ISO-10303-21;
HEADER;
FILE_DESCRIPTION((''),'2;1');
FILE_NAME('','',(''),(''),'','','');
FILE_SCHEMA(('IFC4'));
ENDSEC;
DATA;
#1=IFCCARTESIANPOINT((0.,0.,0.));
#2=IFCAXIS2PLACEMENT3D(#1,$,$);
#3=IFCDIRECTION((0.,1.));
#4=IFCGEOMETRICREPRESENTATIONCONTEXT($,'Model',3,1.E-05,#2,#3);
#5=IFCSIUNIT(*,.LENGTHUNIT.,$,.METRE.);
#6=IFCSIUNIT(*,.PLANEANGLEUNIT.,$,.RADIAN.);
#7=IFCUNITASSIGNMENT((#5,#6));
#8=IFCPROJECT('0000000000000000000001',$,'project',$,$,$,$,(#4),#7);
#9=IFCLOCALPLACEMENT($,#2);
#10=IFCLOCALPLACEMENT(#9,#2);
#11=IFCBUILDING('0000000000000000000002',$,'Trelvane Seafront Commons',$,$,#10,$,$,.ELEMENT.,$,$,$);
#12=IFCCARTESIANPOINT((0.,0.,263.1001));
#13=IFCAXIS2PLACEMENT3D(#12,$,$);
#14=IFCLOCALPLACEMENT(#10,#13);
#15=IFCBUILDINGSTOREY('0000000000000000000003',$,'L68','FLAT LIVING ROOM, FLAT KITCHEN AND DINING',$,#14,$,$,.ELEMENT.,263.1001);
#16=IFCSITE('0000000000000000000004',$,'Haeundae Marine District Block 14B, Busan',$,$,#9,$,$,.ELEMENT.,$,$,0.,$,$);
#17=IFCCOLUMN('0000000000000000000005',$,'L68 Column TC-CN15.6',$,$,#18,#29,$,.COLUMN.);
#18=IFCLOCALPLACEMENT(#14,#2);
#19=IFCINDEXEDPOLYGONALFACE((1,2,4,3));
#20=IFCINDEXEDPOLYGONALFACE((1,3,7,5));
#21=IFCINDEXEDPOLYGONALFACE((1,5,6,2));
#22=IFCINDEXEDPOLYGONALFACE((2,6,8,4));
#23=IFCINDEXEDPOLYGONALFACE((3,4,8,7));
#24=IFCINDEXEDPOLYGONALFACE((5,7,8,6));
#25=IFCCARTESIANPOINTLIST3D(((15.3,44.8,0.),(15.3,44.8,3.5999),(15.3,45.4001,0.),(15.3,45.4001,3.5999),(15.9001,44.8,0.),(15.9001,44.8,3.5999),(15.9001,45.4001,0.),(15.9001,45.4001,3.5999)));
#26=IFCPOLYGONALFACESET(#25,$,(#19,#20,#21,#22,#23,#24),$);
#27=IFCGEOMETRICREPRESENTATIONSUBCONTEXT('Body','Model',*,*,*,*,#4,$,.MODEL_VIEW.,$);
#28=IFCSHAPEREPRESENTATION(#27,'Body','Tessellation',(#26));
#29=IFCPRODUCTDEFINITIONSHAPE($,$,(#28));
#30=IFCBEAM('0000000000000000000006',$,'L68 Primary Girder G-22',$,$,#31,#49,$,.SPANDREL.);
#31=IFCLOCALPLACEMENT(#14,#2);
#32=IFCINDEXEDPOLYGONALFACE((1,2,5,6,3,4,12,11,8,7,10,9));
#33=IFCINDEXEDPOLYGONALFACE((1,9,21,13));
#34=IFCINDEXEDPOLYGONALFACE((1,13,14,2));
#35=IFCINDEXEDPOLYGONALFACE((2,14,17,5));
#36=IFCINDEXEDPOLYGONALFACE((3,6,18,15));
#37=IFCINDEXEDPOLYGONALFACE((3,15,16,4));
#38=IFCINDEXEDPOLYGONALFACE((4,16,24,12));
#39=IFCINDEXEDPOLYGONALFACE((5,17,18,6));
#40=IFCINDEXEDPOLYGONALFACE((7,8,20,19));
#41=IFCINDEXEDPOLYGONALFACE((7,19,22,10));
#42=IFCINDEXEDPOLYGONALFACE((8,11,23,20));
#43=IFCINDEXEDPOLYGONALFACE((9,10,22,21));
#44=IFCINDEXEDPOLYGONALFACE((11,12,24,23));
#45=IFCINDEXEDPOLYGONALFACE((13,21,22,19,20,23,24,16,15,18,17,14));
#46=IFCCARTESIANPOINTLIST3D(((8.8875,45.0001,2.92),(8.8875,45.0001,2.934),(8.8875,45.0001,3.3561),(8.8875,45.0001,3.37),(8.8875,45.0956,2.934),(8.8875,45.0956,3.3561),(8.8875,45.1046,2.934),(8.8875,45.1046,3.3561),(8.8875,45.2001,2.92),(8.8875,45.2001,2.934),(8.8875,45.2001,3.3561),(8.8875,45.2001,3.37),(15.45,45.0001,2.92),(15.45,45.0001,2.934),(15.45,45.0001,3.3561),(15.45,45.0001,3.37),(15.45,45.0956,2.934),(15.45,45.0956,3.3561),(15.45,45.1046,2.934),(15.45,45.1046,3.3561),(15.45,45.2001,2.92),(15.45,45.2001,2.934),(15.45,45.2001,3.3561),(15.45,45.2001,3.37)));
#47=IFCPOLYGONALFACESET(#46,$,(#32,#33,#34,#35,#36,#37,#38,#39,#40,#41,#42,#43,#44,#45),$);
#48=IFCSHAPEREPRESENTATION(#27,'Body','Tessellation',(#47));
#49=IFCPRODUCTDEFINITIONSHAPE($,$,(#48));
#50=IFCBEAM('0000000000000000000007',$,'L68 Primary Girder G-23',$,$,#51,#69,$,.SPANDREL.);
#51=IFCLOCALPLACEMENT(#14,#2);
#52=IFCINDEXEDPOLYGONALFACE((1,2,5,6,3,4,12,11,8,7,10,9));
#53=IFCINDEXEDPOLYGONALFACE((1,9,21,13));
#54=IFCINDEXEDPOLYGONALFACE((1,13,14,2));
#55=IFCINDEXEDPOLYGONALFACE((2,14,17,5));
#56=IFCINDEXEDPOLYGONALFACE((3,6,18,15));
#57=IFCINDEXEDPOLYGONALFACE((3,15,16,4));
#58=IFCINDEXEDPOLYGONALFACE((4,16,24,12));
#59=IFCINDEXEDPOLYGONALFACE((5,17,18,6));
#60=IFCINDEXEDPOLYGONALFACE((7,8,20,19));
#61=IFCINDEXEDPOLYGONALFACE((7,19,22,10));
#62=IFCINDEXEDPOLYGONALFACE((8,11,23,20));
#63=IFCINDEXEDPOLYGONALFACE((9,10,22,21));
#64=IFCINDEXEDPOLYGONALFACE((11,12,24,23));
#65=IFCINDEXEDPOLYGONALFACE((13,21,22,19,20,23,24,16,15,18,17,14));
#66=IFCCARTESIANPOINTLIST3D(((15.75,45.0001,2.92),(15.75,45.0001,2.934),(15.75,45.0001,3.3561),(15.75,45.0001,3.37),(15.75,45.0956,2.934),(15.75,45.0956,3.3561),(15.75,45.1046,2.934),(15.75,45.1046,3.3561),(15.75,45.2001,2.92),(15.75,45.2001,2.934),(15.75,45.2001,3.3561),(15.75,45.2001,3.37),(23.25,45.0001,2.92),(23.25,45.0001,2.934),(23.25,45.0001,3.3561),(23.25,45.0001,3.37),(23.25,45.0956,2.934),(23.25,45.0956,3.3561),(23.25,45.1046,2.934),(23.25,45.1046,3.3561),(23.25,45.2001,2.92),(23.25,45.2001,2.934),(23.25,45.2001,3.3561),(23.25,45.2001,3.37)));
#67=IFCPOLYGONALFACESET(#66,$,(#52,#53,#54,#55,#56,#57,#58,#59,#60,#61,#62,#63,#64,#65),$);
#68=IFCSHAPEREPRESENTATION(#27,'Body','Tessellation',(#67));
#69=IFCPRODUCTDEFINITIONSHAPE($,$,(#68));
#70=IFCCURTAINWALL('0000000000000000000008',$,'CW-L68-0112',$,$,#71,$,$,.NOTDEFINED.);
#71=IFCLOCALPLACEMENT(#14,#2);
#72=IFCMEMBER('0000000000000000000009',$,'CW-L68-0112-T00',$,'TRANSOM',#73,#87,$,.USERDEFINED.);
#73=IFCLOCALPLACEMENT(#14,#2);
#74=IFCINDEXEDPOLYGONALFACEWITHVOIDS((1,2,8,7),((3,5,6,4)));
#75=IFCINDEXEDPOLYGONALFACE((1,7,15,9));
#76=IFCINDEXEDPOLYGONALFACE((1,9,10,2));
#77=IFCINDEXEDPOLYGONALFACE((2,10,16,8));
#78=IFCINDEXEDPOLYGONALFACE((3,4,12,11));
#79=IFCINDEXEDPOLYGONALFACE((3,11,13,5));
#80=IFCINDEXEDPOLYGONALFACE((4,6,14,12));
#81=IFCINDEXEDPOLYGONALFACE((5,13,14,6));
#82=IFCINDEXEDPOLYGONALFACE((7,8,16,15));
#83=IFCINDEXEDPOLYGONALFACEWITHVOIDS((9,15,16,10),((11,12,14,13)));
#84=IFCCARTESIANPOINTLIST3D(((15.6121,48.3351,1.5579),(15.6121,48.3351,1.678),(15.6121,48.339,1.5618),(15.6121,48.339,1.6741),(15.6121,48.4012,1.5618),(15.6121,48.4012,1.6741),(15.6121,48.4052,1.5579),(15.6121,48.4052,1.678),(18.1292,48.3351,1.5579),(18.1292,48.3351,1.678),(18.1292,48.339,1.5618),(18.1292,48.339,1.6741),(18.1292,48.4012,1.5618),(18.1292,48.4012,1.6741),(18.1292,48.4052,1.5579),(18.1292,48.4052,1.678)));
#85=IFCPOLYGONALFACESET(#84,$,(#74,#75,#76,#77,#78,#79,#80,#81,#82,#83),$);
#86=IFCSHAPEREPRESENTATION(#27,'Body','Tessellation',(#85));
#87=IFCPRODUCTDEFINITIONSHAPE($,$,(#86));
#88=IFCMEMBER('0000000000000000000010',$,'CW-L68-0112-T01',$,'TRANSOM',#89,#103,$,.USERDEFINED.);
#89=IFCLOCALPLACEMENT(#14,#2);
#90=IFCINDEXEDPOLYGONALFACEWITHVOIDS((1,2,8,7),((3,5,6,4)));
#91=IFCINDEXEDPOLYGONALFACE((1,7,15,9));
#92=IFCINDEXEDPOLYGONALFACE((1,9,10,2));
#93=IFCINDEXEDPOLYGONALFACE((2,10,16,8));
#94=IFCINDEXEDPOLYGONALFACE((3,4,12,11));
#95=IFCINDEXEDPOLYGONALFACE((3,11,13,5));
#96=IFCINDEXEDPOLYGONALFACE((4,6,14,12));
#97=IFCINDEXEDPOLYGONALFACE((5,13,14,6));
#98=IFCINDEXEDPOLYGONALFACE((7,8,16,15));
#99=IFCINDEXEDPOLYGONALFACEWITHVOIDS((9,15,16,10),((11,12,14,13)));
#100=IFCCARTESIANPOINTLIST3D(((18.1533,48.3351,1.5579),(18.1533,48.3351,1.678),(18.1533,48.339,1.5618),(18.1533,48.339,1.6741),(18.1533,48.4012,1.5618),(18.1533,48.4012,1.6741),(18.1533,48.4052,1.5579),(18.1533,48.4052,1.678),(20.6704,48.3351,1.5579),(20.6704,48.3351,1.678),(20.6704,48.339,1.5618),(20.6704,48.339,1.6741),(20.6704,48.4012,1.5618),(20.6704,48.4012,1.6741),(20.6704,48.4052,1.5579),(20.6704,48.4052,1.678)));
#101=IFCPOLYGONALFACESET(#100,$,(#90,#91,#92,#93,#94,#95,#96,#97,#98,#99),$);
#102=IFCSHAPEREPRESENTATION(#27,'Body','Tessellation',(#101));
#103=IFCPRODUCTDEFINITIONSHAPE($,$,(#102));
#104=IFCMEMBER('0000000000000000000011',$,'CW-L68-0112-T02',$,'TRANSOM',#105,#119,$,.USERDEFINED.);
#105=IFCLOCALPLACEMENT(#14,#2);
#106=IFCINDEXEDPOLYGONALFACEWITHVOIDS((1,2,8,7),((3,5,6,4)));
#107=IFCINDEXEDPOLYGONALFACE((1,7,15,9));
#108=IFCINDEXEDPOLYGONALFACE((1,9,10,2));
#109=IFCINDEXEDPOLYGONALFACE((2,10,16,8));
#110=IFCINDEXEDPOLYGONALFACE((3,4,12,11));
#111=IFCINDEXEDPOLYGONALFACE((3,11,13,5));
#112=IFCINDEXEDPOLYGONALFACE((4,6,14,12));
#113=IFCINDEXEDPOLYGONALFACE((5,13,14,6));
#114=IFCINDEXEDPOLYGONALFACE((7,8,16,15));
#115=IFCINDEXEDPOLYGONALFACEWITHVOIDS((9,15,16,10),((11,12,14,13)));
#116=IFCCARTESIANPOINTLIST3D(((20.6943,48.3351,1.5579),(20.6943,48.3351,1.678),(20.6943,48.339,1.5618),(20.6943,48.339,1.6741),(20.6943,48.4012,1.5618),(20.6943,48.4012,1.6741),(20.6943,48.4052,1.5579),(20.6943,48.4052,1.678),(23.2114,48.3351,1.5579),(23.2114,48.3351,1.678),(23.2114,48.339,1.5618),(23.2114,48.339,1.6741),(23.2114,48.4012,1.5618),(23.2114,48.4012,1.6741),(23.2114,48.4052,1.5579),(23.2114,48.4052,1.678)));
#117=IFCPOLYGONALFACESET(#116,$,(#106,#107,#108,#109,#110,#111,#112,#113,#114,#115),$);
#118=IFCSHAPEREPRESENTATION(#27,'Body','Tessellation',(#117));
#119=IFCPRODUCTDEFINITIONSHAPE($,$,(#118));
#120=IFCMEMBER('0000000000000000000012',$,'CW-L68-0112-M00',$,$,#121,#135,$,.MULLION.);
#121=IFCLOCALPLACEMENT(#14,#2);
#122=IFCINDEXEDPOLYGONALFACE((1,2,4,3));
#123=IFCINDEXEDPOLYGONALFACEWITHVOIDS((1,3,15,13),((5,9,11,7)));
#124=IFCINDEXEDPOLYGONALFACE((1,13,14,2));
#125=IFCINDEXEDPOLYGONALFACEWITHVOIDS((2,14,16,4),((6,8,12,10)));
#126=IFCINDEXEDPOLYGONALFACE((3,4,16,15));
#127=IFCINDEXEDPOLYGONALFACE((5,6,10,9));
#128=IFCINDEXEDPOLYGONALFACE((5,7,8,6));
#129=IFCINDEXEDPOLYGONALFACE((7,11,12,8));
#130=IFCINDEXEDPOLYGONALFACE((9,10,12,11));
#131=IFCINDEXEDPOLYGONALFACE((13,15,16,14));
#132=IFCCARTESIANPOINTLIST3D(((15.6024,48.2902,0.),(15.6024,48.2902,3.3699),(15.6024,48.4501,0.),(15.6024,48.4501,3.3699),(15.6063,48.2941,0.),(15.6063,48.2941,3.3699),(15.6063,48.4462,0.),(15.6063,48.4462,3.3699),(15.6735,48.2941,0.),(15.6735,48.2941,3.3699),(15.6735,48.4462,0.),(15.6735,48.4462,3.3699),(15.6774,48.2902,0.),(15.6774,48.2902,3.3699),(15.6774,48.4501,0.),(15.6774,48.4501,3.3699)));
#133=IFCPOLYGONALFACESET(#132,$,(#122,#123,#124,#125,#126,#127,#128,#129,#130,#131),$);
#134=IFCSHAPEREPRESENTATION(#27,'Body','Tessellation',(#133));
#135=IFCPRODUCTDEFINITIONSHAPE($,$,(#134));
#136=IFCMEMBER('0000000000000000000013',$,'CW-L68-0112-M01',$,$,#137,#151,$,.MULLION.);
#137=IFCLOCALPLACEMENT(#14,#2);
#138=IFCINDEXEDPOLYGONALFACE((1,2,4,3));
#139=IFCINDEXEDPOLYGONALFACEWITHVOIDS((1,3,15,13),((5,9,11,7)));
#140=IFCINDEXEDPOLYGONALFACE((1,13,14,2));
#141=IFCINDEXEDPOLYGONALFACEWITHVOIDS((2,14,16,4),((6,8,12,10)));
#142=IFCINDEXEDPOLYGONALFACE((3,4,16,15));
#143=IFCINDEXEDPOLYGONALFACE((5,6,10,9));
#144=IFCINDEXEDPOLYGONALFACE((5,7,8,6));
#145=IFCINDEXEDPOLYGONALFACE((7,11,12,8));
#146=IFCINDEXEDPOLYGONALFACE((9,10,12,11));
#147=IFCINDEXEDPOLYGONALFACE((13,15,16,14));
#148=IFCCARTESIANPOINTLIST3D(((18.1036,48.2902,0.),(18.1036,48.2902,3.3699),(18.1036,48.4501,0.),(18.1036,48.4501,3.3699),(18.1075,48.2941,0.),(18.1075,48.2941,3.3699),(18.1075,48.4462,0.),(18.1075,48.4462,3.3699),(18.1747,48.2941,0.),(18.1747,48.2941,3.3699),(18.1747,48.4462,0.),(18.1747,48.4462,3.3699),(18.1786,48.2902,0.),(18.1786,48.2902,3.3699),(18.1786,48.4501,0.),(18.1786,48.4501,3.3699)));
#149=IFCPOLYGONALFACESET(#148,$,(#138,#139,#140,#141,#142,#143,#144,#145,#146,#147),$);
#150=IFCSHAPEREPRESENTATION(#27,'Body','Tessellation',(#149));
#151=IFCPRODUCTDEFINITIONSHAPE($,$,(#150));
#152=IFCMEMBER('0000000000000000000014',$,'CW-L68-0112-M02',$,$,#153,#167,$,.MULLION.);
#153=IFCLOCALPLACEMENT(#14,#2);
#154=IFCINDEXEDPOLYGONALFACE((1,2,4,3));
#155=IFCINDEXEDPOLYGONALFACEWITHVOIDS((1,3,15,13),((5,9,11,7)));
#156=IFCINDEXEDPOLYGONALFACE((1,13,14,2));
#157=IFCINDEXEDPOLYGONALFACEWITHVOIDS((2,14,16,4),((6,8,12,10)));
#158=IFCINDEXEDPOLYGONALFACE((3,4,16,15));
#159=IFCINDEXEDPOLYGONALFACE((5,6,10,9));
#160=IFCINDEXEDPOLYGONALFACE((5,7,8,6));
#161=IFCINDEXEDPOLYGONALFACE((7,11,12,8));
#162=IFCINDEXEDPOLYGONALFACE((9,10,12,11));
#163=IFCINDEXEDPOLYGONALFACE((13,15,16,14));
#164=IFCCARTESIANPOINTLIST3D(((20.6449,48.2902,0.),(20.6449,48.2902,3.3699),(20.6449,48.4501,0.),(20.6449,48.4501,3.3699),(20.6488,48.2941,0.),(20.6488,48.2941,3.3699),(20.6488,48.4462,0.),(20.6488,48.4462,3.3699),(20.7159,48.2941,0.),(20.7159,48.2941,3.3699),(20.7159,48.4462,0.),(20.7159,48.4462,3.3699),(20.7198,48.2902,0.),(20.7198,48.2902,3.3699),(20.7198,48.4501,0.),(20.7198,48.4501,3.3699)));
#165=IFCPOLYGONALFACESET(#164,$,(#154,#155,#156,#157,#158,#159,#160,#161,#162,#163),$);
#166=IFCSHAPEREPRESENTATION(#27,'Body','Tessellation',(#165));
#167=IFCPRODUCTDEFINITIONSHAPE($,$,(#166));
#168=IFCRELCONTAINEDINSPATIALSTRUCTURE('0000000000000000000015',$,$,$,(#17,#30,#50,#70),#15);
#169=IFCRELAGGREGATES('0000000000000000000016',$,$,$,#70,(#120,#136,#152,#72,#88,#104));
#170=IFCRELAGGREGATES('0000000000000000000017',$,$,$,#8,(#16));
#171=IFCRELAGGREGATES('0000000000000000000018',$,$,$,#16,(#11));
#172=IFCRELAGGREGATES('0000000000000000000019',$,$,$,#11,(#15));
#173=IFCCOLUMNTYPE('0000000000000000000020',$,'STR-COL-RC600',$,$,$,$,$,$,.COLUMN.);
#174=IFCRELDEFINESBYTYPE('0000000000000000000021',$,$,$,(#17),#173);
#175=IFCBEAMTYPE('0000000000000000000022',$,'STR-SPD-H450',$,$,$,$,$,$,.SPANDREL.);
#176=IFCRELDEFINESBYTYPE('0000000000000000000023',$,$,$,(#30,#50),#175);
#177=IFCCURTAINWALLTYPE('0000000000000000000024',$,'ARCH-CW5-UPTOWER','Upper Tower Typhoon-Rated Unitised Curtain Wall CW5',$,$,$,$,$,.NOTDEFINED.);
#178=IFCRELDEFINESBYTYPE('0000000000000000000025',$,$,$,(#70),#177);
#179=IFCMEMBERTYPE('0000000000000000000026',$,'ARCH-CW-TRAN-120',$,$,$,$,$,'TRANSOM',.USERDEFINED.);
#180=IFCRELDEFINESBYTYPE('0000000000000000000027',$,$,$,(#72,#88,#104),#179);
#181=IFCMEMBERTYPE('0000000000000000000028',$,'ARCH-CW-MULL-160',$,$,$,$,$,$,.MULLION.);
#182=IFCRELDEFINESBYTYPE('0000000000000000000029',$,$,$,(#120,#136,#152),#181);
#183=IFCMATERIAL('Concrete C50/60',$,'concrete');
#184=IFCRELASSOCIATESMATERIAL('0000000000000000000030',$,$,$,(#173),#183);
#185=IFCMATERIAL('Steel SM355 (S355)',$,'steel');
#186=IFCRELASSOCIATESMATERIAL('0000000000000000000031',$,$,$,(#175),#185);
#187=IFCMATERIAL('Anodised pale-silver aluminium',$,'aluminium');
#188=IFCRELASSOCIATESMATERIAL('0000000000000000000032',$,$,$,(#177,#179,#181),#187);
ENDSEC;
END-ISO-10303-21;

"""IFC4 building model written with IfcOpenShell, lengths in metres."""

from ifc_helpers import new_model, si_unit, direction, frame, origin, origin_2d, place, context, subcontext, project, spatial, rectangle, hollow_rectangle, i_section, extrude, source, transform, mapped, material, material_profile, profile_set, type_object, element, aggregate, save


model = new_model("IFC4")

# Units and contexts
model_context = context("Model", 3, precision=1e-05, world=origin(), true_north=direction((0.0, 1.0)))
body_context = subcontext(model_context, "Body", "Model", "MODEL_VIEW")
ifc_project = project(units=[si_unit("LENGTHUNIT", "METRE"), si_unit("PLANEANGLEUNIT", "RADIAN")], contexts=[model_context])

# Site, building, storey
site_placement = place(None, origin())
site = spatial("IfcSite", under=ifc_project, at=site_placement, Name="Haeundae Marine District Block 14B, Busan", CompositionType="ELEMENT", RefElevation=0.0)
building_placement = place(site_placement, origin())
building = spatial("IfcBuilding", under=site, at=building_placement, Name="Trelvane Seafront Commons", CompositionType="ELEMENT")
storey_placement = place(building_placement, frame((0.0, 0.0, 263.1001)))
storey = spatial("IfcBuildingStorey", under=building, at=storey_placement, Name="L68", Description="FLAT LIVING ROOM, FLAT KITCHEN AND DINING", CompositionType="ELEMENT", Elevation=263.1001)

# Column
ifc_material_1 = material(Name="Concrete C50/60", Category="concrete")
ifc_material_profile_1 = material_profile(ifc_material_1, rectangle(XDim=0.6001, YDim=0.6001, at=origin_2d()), Name="RC-600x600")
ifc_profile_set_1 = profile_set([ifc_material_profile_1], Name="Concrete C50/60")
column_type = type_object("IfcColumnType", Name="STR-COL-RC600", PredefinedType="COLUMN", material=ifc_profile_set_1)
shared_shape_1 = source(origin(), body_context, "Body", "SweptSolid", [
    extrude(rectangle(XDim=0.6001, YDim=0.6001, at=origin_2d()), origin(), (0.0, 0.0, 1.0), 3.5999),
])
column_placement = place(storey_placement, frame((15.6001, 45.1001, 0.0), z_axis=(0.0, 0.0, 1.0), x_axis=(1.0, 0.0, 0.0)))
element("IfcColumn", 1, at=column_placement, inside=storey, type_object=column_type, Name="L68 Column TC-CN15.6", PredefinedType="COLUMN", context=body_context, shape_type="MappedRepresentation", body=[
    mapped(shared_shape_1, transform((0.0, 0.0, 0.0), x_axis=(1.0, 0.0, 0.0), y_axis=(0.0, 1.0, 0.0), z_axis=(0.0, 0.0, 1.0), scale=1.0)),
])

# Beams
ifc_material_2 = material(Name="Steel SM355 (S355)", Category="steel")
ifc_material_profile_2 = material_profile(ifc_material_2, i_section(OverallWidth=0.2, OverallDepth=0.45, WebThickness=0.009, FlangeThickness=0.0139, at=origin_2d()), Name="H-450x200x9x14")
ifc_profile_set_2 = profile_set([ifc_material_profile_2], Name="Steel SM355 (S355)")
beam_type = type_object("IfcBeamType", Name="STR-SPD-H450", PredefinedType="SPANDREL", material=ifc_profile_set_2)
shared_shape_2 = source(origin(), body_context, "Body", "SweptSolid", [
    extrude(i_section(OverallWidth=0.2, OverallDepth=0.45, WebThickness=0.009, FlangeThickness=0.0139, at=origin_2d()), origin(), (0.0, 0.0, 1.0), 6.5625),
])
beam_1_placement = place(storey_placement, frame((8.8875, 45.1001, 3.145), z_axis=(1.0, 0.0, 0.0), x_axis=(0.0, 1.0, 0.0)))
element("IfcBeam", 2, at=beam_1_placement, inside=storey, type_object=beam_type, Name="L68 Primary Girder G-22", PredefinedType="SPANDREL", context=body_context, shape_type="MappedRepresentation", body=[
    mapped(shared_shape_2, transform((0.0, 0.0, 0.0), x_axis=(1.0, 0.0, 0.0), y_axis=(0.0, 1.0, 0.0), z_axis=(0.0, 0.0, 1.0), scale=1.0)),
])
shared_shape_3 = source(origin(), body_context, "Body", "SweptSolid", [
    extrude(i_section(OverallWidth=0.2, OverallDepth=0.45, WebThickness=0.009, FlangeThickness=0.0139, at=origin_2d()), origin(), (0.0, 0.0, 1.0), 7.5),
])
beam_2_placement = place(storey_placement, frame((15.75, 45.1001, 3.145), z_axis=(1.0, 0.0, 0.0), x_axis=(0.0, 1.0, 0.0)))
element("IfcBeam", 3, at=beam_2_placement, inside=storey, type_object=beam_type, Name="L68 Primary Girder G-23", PredefinedType="SPANDREL", context=body_context, shape_type="MappedRepresentation", body=[
    mapped(shared_shape_3, transform((0.0, 0.0, 0.0), x_axis=(1.0, 0.0, 0.0), y_axis=(0.0, 1.0, 0.0), z_axis=(0.0, 0.0, 1.0), scale=1.0)),
])

# Curtain wall, members
ifc_material_3 = material(Name="Anodised pale-silver aluminium", Category="aluminium")
curtain_wall_type = type_object("IfcCurtainWallType", Name="ARCH-CW5-UPTOWER", Description="Upper Tower Typhoon-Rated Unitised Curtain Wall CW5", PredefinedType="NOTDEFINED", material=ifc_material_3)
curtain_wall_placement = place(storey_placement, origin())
curtain_wall = element("IfcCurtainWall", 4, at=curtain_wall_placement, inside=storey, type_object=curtain_wall_type, Name="CW-L68-0112", PredefinedType="NOTDEFINED")
ifc_material_profile_3 = material_profile(ifc_material_3, hollow_rectangle(XDim=0.0701, YDim=0.1201, WallThickness=0.0039, at=origin_2d()), Name="TRAN-70x120x4")
ifc_profile_set_3 = profile_set([ifc_material_profile_3], Name="Anodised pale-silver aluminium")
member_type_1 = type_object("IfcMemberType", Name="ARCH-CW-TRAN-120", ElementType="TRANSOM", PredefinedType="USERDEFINED", material=ifc_profile_set_3)
shared_shape_4 = source(origin(), body_context, "Body", "SweptSolid", [
    extrude(hollow_rectangle(XDim=0.0701, YDim=0.1201, WallThickness=0.0039, at=origin_2d()), origin(), (0.0, 0.0, 1.0), 2.5171),
])
member_1_placement = place(storey_placement, frame((15.6121, 48.3701, 1.6179), z_axis=(1.0, 0.0, 0.0), x_axis=(0.0, 1.0, 0.0)))
member_1 = element("IfcMember", 5, at=member_1_placement, type_object=member_type_1, Name="CW-L68-0112-T00", ObjectType="TRANSOM", PredefinedType="USERDEFINED", context=body_context, shape_type="MappedRepresentation", body=[
    mapped(shared_shape_4, transform((0.0, 0.0, 0.0), x_axis=(1.0, 0.0, 0.0), y_axis=(0.0, 1.0, 0.0), z_axis=(0.0, 0.0, 1.0), scale=1.0)),
])
member_2_placement = place(storey_placement, frame((18.1533, 48.3701, 1.6179), z_axis=(1.0, 0.0, 0.0), x_axis=(0.0, 1.0, 0.0)))
member_2 = element("IfcMember", 6, at=member_2_placement, type_object=member_type_1, Name="CW-L68-0112-T01", ObjectType="TRANSOM", PredefinedType="USERDEFINED", context=body_context, shape_type="MappedRepresentation", body=[
    mapped(shared_shape_4, transform((0.0, 0.0, 0.0), x_axis=(1.0, 0.0, 0.0), y_axis=(0.0, 1.0, 0.0), z_axis=(0.0, 0.0, 1.0), scale=1.0)),
])
member_3_placement = place(storey_placement, frame((20.6943, 48.3701, 1.6179), z_axis=(1.0, 0.0, 0.0), x_axis=(0.0, 1.0, 0.0)))
member_3 = element("IfcMember", 7, at=member_3_placement, type_object=member_type_1, Name="CW-L68-0112-T02", ObjectType="TRANSOM", PredefinedType="USERDEFINED", context=body_context, shape_type="MappedRepresentation", body=[
    mapped(shared_shape_4, transform((0.0, 0.0, 0.0), x_axis=(1.0, 0.0, 0.0), y_axis=(0.0, 1.0, 0.0), z_axis=(0.0, 0.0, 1.0), scale=1.0)),
])
ifc_material_profile_4 = material_profile(ifc_material_3, hollow_rectangle(XDim=0.075, YDim=0.1599, WallThickness=0.0039, at=origin_2d()), Name="MULL-75x160x4")
ifc_profile_set_4 = profile_set([ifc_material_profile_4], Name="Anodised pale-silver aluminium")
member_type_2 = type_object("IfcMemberType", Name="ARCH-CW-MULL-160", PredefinedType="MULLION", material=ifc_profile_set_4)
shared_shape_5 = source(origin(), body_context, "Body", "SweptSolid", [
    extrude(hollow_rectangle(XDim=0.075, YDim=0.1599, WallThickness=0.0039, at=origin_2d()), origin(), (0.0, 0.0, 1.0), 3.3699),
])
member_4_placement = place(storey_placement, frame((15.6399, 48.3701, 0.0), z_axis=(0.0, 0.0, 1.0), x_axis=(1.0, 0.0, 0.0)))
member_4 = element("IfcMember", 8, at=member_4_placement, type_object=member_type_2, Name="CW-L68-0112-M00", PredefinedType="MULLION", context=body_context, shape_type="MappedRepresentation", body=[
    mapped(shared_shape_5, transform((0.0, 0.0, 0.0), x_axis=(1.0, 0.0, 0.0), y_axis=(0.0, 1.0, 0.0), z_axis=(0.0, 0.0, 1.0), scale=1.0)),
])
member_5_placement = place(storey_placement, frame((18.1411, 48.3701, 0.0), z_axis=(0.0, 0.0, 1.0), x_axis=(1.0, 0.0, 0.0)))
member_5 = element("IfcMember", 9, at=member_5_placement, type_object=member_type_2, Name="CW-L68-0112-M01", PredefinedType="MULLION", context=body_context, shape_type="MappedRepresentation", body=[
    mapped(shared_shape_5, transform((0.0, 0.0, 0.0), x_axis=(1.0, 0.0, 0.0), y_axis=(0.0, 1.0, 0.0), z_axis=(0.0, 0.0, 1.0), scale=1.0)),
])
member_6_placement = place(storey_placement, frame((20.6824, 48.3701, 0.0), z_axis=(0.0, 0.0, 1.0), x_axis=(1.0, 0.0, 0.0)))
member_6 = element("IfcMember", 10, at=member_6_placement, type_object=member_type_2, Name="CW-L68-0112-M02", PredefinedType="MULLION", context=body_context, shape_type="MappedRepresentation", body=[
    mapped(shared_shape_5, transform((0.0, 0.0, 0.0), x_axis=(1.0, 0.0, 0.0), y_axis=(0.0, 1.0, 0.0), z_axis=(0.0, 0.0, 1.0), scale=1.0)),
])

aggregate(curtain_wall, [member_4, member_5, member_6, member_1, member_2, member_3])

save(model, "model.ifc")
